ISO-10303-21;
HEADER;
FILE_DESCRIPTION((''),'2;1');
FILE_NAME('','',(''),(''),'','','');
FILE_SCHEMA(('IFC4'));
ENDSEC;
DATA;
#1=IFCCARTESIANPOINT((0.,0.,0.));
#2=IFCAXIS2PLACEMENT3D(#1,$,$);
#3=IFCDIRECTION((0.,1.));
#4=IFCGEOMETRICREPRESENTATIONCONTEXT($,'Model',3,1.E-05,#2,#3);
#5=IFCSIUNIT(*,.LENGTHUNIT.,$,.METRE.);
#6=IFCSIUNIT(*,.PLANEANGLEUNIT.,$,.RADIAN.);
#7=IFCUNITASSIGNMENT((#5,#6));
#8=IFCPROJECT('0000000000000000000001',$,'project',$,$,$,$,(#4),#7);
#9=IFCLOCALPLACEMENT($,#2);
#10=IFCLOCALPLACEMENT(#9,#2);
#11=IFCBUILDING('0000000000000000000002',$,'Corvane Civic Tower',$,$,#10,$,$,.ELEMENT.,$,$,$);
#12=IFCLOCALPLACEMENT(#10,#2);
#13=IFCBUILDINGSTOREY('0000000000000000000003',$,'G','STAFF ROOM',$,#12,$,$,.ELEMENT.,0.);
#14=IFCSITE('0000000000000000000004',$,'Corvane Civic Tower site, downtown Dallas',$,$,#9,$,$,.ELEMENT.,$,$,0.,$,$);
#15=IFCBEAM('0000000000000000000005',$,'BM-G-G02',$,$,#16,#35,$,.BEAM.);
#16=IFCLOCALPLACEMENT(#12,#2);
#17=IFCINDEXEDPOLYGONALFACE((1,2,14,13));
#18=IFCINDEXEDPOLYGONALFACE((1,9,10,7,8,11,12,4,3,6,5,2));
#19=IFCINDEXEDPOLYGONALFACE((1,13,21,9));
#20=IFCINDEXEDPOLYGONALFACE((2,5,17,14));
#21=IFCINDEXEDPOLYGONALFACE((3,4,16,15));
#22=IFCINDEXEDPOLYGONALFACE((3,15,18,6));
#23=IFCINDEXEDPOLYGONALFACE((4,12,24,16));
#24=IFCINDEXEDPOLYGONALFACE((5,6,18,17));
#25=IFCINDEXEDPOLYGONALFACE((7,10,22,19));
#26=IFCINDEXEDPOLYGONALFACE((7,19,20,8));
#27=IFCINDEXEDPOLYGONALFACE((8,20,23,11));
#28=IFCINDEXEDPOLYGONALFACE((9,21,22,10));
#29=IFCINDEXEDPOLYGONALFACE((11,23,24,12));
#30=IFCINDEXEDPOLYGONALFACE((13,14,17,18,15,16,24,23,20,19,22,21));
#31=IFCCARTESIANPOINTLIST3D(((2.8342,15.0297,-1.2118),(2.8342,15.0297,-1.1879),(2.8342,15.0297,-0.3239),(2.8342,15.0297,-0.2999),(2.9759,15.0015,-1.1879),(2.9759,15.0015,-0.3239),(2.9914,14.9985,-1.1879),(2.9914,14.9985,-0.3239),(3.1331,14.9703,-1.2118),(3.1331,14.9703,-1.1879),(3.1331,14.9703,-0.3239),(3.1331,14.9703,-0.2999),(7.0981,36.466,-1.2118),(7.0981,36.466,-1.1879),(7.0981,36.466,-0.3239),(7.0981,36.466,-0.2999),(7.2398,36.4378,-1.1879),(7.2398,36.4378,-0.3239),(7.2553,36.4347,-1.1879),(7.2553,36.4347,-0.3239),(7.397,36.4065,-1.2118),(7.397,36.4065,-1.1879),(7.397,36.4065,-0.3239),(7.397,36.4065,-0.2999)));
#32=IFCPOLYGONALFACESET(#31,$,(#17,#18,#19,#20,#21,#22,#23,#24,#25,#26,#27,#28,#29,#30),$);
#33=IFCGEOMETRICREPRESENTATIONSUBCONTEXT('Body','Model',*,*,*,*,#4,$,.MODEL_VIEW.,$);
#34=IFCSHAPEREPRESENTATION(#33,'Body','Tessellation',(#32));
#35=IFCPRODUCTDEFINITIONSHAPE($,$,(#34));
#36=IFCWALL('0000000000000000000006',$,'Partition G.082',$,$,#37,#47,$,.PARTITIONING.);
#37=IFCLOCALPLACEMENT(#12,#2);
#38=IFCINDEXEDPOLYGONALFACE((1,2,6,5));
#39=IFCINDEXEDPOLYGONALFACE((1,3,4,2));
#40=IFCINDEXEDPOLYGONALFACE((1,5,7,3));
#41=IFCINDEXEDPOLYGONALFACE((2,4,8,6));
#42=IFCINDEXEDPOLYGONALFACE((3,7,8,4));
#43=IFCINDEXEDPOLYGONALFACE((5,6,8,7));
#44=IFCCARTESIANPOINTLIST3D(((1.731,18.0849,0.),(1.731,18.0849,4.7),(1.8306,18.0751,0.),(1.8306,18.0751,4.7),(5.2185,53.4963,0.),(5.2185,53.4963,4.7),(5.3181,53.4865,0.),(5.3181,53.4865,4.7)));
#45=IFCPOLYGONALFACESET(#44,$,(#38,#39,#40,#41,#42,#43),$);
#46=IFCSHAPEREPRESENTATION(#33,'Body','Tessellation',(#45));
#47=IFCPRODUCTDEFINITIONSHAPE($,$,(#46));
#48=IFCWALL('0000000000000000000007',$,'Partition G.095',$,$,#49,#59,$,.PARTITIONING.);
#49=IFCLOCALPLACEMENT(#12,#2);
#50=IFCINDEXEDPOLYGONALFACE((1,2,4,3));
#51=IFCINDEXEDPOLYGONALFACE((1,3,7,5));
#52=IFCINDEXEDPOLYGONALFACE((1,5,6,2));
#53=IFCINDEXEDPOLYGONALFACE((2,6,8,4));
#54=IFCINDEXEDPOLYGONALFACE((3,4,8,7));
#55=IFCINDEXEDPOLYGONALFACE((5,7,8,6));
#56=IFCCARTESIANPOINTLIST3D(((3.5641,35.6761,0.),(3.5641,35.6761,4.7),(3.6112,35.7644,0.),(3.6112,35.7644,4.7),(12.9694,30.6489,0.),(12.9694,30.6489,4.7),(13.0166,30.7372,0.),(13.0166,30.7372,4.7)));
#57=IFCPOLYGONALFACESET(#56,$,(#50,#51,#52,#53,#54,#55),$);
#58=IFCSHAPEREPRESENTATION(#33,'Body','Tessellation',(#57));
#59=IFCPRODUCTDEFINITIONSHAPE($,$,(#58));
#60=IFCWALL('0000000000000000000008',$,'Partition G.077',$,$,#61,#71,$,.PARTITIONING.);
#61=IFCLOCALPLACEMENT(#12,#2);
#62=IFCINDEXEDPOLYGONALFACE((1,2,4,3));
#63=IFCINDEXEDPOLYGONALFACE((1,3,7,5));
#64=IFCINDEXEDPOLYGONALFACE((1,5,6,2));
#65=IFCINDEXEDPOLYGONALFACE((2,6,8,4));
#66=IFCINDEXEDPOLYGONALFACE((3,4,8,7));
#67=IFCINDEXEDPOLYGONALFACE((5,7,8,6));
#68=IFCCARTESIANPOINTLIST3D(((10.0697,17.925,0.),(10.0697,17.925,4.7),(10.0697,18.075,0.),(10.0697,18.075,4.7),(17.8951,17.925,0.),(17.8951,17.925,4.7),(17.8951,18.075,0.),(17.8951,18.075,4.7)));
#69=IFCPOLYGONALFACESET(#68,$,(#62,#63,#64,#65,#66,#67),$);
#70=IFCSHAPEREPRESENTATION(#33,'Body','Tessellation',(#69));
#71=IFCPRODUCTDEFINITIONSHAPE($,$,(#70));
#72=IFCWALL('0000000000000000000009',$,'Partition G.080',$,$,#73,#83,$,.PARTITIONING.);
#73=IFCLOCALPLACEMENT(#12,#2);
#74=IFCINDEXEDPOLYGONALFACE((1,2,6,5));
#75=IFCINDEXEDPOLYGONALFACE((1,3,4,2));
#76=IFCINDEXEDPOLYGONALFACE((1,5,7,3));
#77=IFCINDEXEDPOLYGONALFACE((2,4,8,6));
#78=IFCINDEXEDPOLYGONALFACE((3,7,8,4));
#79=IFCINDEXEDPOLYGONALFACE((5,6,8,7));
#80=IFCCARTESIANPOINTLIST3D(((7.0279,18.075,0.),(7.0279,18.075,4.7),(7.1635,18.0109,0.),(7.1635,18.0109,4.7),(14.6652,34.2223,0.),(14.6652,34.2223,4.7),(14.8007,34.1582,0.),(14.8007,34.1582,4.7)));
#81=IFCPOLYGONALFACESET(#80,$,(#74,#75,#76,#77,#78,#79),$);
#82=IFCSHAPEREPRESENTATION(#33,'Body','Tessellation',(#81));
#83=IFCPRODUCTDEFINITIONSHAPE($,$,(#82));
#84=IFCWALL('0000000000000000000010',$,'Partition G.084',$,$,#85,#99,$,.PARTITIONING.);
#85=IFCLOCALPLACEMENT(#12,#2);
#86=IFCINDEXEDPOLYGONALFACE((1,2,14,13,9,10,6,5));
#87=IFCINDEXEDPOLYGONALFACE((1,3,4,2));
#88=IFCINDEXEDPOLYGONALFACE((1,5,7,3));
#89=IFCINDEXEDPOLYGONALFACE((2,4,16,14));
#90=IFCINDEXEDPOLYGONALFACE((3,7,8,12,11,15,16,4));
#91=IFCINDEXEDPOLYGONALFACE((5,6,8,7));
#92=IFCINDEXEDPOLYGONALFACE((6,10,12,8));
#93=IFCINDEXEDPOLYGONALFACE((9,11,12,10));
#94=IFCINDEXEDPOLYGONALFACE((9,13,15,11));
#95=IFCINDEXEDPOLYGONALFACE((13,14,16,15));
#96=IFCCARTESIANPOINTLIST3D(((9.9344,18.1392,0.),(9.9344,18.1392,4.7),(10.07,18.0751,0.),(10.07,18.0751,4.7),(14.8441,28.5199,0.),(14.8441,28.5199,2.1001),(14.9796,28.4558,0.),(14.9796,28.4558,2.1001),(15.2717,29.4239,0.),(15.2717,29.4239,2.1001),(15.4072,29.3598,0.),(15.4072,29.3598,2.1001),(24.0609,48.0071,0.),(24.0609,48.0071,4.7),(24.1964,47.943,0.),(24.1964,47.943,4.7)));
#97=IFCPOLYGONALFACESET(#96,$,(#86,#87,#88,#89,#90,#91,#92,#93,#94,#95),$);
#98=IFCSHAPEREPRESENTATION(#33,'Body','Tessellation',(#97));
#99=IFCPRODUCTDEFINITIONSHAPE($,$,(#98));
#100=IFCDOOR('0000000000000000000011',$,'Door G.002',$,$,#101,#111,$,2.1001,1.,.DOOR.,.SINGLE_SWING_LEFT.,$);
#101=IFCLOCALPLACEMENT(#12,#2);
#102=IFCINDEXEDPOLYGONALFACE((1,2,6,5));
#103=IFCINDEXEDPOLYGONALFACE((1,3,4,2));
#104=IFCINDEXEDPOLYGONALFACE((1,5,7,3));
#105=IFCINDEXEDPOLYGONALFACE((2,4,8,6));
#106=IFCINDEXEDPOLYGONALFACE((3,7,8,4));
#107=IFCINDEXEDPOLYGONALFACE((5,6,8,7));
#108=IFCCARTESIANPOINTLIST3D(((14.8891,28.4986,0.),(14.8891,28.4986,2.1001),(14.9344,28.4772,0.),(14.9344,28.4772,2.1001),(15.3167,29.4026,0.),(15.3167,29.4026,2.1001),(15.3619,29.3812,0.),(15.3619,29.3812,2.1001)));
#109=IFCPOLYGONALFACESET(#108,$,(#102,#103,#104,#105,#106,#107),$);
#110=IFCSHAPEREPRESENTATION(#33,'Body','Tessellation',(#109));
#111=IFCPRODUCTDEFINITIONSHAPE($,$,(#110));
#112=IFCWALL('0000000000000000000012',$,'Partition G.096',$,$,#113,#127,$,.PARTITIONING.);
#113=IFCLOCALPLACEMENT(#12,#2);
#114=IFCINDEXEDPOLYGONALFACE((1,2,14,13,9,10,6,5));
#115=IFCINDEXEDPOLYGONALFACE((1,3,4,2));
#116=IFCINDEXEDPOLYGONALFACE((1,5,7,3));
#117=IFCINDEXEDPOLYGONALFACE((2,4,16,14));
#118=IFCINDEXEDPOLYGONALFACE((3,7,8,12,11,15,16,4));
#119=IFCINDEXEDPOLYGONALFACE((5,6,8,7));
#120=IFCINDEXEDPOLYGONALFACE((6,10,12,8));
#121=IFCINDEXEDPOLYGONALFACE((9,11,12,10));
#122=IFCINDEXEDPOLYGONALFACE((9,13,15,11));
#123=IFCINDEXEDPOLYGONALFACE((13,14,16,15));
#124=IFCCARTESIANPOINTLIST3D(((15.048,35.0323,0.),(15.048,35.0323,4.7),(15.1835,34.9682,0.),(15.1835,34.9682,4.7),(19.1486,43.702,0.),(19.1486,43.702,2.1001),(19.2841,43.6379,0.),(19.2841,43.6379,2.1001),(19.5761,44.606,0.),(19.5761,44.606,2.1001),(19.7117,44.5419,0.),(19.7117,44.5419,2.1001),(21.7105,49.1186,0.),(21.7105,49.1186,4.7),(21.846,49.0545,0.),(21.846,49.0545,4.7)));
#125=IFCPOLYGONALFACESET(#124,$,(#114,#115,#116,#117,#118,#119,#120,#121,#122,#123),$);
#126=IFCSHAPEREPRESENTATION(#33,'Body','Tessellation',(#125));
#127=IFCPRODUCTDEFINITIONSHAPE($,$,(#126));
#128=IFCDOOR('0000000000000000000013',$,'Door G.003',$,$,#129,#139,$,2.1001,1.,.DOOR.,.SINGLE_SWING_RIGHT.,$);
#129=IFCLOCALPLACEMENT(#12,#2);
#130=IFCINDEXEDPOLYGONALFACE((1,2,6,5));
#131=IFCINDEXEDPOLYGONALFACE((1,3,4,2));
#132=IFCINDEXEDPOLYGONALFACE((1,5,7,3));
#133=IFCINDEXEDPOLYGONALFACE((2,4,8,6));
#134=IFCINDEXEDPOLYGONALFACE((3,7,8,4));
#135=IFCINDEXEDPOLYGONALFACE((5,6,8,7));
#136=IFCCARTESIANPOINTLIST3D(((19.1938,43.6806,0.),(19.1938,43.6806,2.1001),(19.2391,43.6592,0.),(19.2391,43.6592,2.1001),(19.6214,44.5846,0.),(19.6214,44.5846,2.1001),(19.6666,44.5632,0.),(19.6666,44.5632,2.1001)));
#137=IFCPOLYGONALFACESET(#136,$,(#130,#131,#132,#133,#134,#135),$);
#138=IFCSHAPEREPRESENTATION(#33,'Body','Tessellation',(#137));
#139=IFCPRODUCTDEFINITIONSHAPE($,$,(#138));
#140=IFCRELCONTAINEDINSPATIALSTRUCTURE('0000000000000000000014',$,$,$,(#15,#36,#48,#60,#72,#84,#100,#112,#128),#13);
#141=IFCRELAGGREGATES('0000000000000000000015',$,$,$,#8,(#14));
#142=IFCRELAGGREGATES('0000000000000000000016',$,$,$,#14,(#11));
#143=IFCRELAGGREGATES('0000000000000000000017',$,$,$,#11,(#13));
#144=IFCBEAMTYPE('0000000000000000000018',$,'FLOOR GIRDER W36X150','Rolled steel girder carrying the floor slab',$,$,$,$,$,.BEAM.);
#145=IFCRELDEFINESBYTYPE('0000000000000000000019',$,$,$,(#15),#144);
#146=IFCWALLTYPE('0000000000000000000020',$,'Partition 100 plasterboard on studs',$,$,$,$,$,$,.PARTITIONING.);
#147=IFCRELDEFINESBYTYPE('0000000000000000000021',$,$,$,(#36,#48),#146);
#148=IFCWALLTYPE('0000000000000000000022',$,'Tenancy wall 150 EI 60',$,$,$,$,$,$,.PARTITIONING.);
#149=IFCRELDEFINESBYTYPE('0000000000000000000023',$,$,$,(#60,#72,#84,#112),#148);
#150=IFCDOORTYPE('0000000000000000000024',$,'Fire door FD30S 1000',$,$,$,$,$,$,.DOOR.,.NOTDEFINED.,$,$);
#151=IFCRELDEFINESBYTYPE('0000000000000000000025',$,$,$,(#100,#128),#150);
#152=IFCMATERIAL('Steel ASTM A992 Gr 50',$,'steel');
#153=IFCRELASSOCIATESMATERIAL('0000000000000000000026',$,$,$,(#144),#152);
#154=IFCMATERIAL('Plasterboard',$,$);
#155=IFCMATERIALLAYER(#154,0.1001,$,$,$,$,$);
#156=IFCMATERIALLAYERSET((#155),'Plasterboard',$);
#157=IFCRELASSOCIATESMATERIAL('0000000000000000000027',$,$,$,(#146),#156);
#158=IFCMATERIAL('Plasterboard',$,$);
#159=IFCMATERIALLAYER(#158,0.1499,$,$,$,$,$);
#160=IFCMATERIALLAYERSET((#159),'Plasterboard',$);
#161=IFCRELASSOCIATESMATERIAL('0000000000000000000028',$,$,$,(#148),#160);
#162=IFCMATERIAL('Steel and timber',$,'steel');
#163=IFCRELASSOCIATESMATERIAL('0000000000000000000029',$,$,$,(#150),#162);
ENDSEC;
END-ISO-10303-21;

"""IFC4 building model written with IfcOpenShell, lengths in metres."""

from ifc_helpers import new_model, si_unit, direction, frame, frame_2d, origin, origin_2d, place, context, subcontext, project, spatial, rectangle, i_section, extrude, material, layer, layer_set, material_profile, profile_set, type_object, element, fill, save


model = new_model("IFC4")

# Units and contexts
model_context = context("Model", 3, precision=1e-05, world=origin(), true_north=direction((0.0, 1.0)))
body_context = subcontext(model_context, "Body", "Model", "MODEL_VIEW")
ifc_project = project(units=[si_unit("LENGTHUNIT", "METRE"), si_unit("PLANEANGLEUNIT", "RADIAN")], contexts=[model_context])

# Site, building, storey
site_placement = place(None, origin())
site = spatial("IfcSite", under=ifc_project, at=site_placement, Name="Corvane Civic Tower site, downtown Dallas", CompositionType="ELEMENT", RefElevation=0.0)
building_placement = place(site_placement, origin())
building = spatial("IfcBuilding", under=site, at=building_placement, Name="Corvane Civic Tower", CompositionType="ELEMENT")
storey_placement = place(building_placement, origin())
storey = spatial("IfcBuildingStorey", under=building, at=storey_placement, Name="G", Description="STAFF ROOM", CompositionType="ELEMENT", Elevation=0.0)

# Beam
ifc_material_1 = material(Name="Steel ASTM A992 Gr 50", Category="steel")
ifc_material_profile_1 = material_profile(ifc_material_1, i_section(OverallWidth=0.3047, OverallDepth=0.9119, WebThickness=0.0159, FlangeThickness=0.0239, at=origin_2d()), Name="W36X150")
ifc_profile_set_1 = profile_set([ifc_material_profile_1], Name="Steel ASTM A992 Gr 50")
beam_type_1 = type_object("IfcBeamType", Name="FLOOR GIRDER W36X150", Description="Rolled steel girder carrying the floor slab", PredefinedType="BEAM", material=ifc_profile_set_1)
beam_1_placement = place(storey_placement, frame((2.9836, 15.0, -0.7559), z_axis=(0.195089, 0.980785, 0.0), x_axis=(-0.980785, 0.195089, 0.0)))
element("IfcBeam", 1, at=beam_1_placement, inside=storey, type_object=beam_type_1, Name="BM-G-G02", PredefinedType="BEAM", context=body_context, shape_type="SweptSolid", body=[
    extrude(i_section(OverallWidth=0.3047, OverallDepth=0.9119, WebThickness=0.0159, FlangeThickness=0.0239, at=origin_2d()), origin(), (0.0, 0.0, 1.0), 21.8562),
])

# Walls
ifc_material_2 = material(Name="Plasterboard")
ifc_layer_1 = layer(ifc_material_2, 0.1001)
ifc_layer_set_1 = layer_set([ifc_layer_1], Name="Plasterboard")
wall_type_1 = type_object("IfcWallType", Name="Partition 100 plasterboard on studs", PredefinedType="PARTITIONING", material=ifc_layer_set_1)
wall_1_placement = place(storey_placement, frame((1.7808, 18.0798, 0.0), z_axis=(0.0, 0.0, 1.0), x_axis=(0.098012, 0.995185, 0.0)))
element("IfcWall", 2, at=wall_1_placement, inside=storey, type_object=wall_type_1, Name="Partition G.082", PredefinedType="PARTITIONING", context=body_context, shape_type="SweptSolid", body=[
    extrude(rectangle(XDim=35.5828, YDim=0.1001, at=frame_2d((17.7915, 0.0))), origin(), (0.0, 0.0, 1.0), 4.7),
])
wall_2_placement = place(storey_placement, frame((3.5876, 35.7202, 0.0), z_axis=(0.0, 0.0, 1.0), x_axis=(0.881926, -0.471388, 0.0)))
element("IfcWall", 3, at=wall_2_placement, inside=storey, type_object=wall_type_1, Name="Partition G.095", PredefinedType="PARTITIONING", context=body_context, shape_type="SweptSolid", body=[
    extrude(rectangle(XDim=10.6646, YDim=0.1001, at=frame_2d((5.3323, 0.0))), origin(), (0.0, 0.0, 1.0), 4.7),
])
ifc_material_3 = material(Name="Plasterboard")
ifc_layer_2 = layer(ifc_material_3, 0.1499)
ifc_layer_set_2 = layer_set([ifc_layer_2], Name="Plasterboard")
wall_type_2 = type_object("IfcWallType", Name="Tenancy wall 150 EI 60", PredefinedType="PARTITIONING", material=ifc_layer_set_2)
wall_3_placement = place(storey_placement, frame((10.0698, 18.0, 0.0), z_axis=(0.0, 0.0, 1.0), x_axis=(1.0, 0.0, 0.0)))
element("IfcWall", 4, at=wall_3_placement, inside=storey, type_object=wall_type_2, Name="Partition G.077", PredefinedType="PARTITIONING", context=body_context, shape_type="SweptSolid", body=[
    extrude(rectangle(XDim=7.8254, YDim=0.1499, at=frame_2d((3.9126, 0.0))), origin(), (0.0, 0.0, 1.0), 4.7),
])
wall_4_placement = place(storey_placement, frame((7.0957, 18.043, 0.0), z_axis=(0.0, 0.0, 1.0), x_axis=(0.427562, 0.903986, 0.0)))
element("IfcWall", 5, at=wall_4_placement, inside=storey, type_object=wall_type_2, Name="Partition G.080", PredefinedType="PARTITIONING", context=body_context, shape_type="SweptSolid", body=[
    extrude(rectangle(XDim=17.8623, YDim=0.1499, at=frame_2d((8.9312, 0.0))), origin(), (0.0, 0.0, 1.0), 4.7),
])

# Walls, openings, doors
wall_5_placement = place(storey_placement, frame((10.0022, 18.1072, 0.0), z_axis=(0.0, 0.0, 1.0), x_axis=(0.427555, 0.903989, 0.0)))
wall_5 = element("IfcWall", 6, at=wall_5_placement, inside=storey, type_object=wall_type_2, Name="Partition G.084", PredefinedType="PARTITIONING", context=body_context, shape_type="SweptSolid", body=[
    extrude(rectangle(XDim=33.04, YDim=0.1499, at=frame_2d((16.52, 0.0))), origin(), (0.0, 0.0, 1.0), 4.7),
])
opening_1_placement = place(wall_5_placement, frame((11.4832, 0.0, 0.0)))
opening_1 = element("IfcOpeningElement", 7, at=opening_1_placement, cuts=wall_5, PredefinedType="OPENING", context=body_context, shape_type="SweptSolid", body=[
    extrude(rectangle(XDim=1.0, YDim=2.1001, at=frame_2d((0.5, 1.05))), frame((0.0, 0.085, 0.0), z_axis=(0.0, -1.0, 0.0), x_axis=(1.0, 0.0, 0.0)), (0.0, 0.0, 1.0), 0.1699),
])
ifc_material_4 = material(Name="Steel and timber", Category="steel")
door_type = type_object("IfcDoorType", Name="Fire door FD30S 1000", OperationType="NOTDEFINED", PredefinedType="DOOR", material=ifc_material_4)
door_1_placement = place(opening_1_placement, frame((1.0, 0.0, 0.0), z_axis=(0.0, 0.0, 1.0), x_axis=(-1.0, 0.0, 0.0)))
door_1 = element("IfcDoor", 8, at=door_1_placement, inside=storey, type_object=door_type, Name="Door G.002", OperationType="SINGLE_SWING_LEFT", OverallHeight=2.1001, OverallWidth=1.0, PredefinedType="DOOR", context=body_context, shape_type="SweptSolid", body=[
    extrude(rectangle(XDim=1.0, YDim=2.1001, at=frame_2d((0.5, 1.05))), frame((0.0, 0.0249, 0.0), z_axis=(0.0, -1.0, 0.0), x_axis=(1.0, 0.0, 0.0)), (0.0, 0.0, 1.0), 0.05),
])
fill(opening_1, door_1)
wall_6_placement = place(storey_placement, frame((15.1157, 35.0002, 0.0), z_axis=(0.0, 0.0, 1.0), x_axis=(0.427566, 0.903984, 0.0)))
wall_6 = element("IfcWall", 9, at=wall_6_placement, inside=storey, type_object=wall_type_2, Name="Partition G.096", PredefinedType="PARTITIONING", context=body_context, shape_type="SweptSolid", body=[
    extrude(rectangle(XDim=15.5825, YDim=0.1499, at=frame_2d((7.7913, 0.0))), origin(), (0.0, 0.0, 1.0), 4.7),
])
opening_2_placement = place(wall_6_placement, frame((9.5906, 0.0, 0.0)))
opening_2 = element("IfcOpeningElement", 10, at=opening_2_placement, cuts=wall_6, PredefinedType="OPENING", context=body_context, shape_type="SweptSolid", body=[
    extrude(rectangle(XDim=1.0, YDim=2.1001, at=frame_2d((0.5, 1.05))), frame((0.0, 0.085, 0.0), z_axis=(0.0, -1.0, 0.0), x_axis=(1.0, 0.0, 0.0)), (0.0, 0.0, 1.0), 0.1699),
])
door_2_placement = place(opening_2_placement, origin())
door_2 = element("IfcDoor", 11, at=door_2_placement, inside=storey, type_object=door_type, Name="Door G.003", OperationType="SINGLE_SWING_RIGHT", OverallHeight=2.1001, OverallWidth=1.0, PredefinedType="DOOR", context=body_context, shape_type="SweptSolid", body=[
    extrude(rectangle(XDim=1.0, YDim=2.1001, at=frame_2d((0.5, 1.05))), frame((0.0, 0.0249, 0.0), z_axis=(0.0, -1.0, 0.0), x_axis=(1.0, 0.0, 0.0)), (0.0, 0.0, 1.0), 0.05),
])
fill(opening_2, door_2)

save(model, "model.ifc")
